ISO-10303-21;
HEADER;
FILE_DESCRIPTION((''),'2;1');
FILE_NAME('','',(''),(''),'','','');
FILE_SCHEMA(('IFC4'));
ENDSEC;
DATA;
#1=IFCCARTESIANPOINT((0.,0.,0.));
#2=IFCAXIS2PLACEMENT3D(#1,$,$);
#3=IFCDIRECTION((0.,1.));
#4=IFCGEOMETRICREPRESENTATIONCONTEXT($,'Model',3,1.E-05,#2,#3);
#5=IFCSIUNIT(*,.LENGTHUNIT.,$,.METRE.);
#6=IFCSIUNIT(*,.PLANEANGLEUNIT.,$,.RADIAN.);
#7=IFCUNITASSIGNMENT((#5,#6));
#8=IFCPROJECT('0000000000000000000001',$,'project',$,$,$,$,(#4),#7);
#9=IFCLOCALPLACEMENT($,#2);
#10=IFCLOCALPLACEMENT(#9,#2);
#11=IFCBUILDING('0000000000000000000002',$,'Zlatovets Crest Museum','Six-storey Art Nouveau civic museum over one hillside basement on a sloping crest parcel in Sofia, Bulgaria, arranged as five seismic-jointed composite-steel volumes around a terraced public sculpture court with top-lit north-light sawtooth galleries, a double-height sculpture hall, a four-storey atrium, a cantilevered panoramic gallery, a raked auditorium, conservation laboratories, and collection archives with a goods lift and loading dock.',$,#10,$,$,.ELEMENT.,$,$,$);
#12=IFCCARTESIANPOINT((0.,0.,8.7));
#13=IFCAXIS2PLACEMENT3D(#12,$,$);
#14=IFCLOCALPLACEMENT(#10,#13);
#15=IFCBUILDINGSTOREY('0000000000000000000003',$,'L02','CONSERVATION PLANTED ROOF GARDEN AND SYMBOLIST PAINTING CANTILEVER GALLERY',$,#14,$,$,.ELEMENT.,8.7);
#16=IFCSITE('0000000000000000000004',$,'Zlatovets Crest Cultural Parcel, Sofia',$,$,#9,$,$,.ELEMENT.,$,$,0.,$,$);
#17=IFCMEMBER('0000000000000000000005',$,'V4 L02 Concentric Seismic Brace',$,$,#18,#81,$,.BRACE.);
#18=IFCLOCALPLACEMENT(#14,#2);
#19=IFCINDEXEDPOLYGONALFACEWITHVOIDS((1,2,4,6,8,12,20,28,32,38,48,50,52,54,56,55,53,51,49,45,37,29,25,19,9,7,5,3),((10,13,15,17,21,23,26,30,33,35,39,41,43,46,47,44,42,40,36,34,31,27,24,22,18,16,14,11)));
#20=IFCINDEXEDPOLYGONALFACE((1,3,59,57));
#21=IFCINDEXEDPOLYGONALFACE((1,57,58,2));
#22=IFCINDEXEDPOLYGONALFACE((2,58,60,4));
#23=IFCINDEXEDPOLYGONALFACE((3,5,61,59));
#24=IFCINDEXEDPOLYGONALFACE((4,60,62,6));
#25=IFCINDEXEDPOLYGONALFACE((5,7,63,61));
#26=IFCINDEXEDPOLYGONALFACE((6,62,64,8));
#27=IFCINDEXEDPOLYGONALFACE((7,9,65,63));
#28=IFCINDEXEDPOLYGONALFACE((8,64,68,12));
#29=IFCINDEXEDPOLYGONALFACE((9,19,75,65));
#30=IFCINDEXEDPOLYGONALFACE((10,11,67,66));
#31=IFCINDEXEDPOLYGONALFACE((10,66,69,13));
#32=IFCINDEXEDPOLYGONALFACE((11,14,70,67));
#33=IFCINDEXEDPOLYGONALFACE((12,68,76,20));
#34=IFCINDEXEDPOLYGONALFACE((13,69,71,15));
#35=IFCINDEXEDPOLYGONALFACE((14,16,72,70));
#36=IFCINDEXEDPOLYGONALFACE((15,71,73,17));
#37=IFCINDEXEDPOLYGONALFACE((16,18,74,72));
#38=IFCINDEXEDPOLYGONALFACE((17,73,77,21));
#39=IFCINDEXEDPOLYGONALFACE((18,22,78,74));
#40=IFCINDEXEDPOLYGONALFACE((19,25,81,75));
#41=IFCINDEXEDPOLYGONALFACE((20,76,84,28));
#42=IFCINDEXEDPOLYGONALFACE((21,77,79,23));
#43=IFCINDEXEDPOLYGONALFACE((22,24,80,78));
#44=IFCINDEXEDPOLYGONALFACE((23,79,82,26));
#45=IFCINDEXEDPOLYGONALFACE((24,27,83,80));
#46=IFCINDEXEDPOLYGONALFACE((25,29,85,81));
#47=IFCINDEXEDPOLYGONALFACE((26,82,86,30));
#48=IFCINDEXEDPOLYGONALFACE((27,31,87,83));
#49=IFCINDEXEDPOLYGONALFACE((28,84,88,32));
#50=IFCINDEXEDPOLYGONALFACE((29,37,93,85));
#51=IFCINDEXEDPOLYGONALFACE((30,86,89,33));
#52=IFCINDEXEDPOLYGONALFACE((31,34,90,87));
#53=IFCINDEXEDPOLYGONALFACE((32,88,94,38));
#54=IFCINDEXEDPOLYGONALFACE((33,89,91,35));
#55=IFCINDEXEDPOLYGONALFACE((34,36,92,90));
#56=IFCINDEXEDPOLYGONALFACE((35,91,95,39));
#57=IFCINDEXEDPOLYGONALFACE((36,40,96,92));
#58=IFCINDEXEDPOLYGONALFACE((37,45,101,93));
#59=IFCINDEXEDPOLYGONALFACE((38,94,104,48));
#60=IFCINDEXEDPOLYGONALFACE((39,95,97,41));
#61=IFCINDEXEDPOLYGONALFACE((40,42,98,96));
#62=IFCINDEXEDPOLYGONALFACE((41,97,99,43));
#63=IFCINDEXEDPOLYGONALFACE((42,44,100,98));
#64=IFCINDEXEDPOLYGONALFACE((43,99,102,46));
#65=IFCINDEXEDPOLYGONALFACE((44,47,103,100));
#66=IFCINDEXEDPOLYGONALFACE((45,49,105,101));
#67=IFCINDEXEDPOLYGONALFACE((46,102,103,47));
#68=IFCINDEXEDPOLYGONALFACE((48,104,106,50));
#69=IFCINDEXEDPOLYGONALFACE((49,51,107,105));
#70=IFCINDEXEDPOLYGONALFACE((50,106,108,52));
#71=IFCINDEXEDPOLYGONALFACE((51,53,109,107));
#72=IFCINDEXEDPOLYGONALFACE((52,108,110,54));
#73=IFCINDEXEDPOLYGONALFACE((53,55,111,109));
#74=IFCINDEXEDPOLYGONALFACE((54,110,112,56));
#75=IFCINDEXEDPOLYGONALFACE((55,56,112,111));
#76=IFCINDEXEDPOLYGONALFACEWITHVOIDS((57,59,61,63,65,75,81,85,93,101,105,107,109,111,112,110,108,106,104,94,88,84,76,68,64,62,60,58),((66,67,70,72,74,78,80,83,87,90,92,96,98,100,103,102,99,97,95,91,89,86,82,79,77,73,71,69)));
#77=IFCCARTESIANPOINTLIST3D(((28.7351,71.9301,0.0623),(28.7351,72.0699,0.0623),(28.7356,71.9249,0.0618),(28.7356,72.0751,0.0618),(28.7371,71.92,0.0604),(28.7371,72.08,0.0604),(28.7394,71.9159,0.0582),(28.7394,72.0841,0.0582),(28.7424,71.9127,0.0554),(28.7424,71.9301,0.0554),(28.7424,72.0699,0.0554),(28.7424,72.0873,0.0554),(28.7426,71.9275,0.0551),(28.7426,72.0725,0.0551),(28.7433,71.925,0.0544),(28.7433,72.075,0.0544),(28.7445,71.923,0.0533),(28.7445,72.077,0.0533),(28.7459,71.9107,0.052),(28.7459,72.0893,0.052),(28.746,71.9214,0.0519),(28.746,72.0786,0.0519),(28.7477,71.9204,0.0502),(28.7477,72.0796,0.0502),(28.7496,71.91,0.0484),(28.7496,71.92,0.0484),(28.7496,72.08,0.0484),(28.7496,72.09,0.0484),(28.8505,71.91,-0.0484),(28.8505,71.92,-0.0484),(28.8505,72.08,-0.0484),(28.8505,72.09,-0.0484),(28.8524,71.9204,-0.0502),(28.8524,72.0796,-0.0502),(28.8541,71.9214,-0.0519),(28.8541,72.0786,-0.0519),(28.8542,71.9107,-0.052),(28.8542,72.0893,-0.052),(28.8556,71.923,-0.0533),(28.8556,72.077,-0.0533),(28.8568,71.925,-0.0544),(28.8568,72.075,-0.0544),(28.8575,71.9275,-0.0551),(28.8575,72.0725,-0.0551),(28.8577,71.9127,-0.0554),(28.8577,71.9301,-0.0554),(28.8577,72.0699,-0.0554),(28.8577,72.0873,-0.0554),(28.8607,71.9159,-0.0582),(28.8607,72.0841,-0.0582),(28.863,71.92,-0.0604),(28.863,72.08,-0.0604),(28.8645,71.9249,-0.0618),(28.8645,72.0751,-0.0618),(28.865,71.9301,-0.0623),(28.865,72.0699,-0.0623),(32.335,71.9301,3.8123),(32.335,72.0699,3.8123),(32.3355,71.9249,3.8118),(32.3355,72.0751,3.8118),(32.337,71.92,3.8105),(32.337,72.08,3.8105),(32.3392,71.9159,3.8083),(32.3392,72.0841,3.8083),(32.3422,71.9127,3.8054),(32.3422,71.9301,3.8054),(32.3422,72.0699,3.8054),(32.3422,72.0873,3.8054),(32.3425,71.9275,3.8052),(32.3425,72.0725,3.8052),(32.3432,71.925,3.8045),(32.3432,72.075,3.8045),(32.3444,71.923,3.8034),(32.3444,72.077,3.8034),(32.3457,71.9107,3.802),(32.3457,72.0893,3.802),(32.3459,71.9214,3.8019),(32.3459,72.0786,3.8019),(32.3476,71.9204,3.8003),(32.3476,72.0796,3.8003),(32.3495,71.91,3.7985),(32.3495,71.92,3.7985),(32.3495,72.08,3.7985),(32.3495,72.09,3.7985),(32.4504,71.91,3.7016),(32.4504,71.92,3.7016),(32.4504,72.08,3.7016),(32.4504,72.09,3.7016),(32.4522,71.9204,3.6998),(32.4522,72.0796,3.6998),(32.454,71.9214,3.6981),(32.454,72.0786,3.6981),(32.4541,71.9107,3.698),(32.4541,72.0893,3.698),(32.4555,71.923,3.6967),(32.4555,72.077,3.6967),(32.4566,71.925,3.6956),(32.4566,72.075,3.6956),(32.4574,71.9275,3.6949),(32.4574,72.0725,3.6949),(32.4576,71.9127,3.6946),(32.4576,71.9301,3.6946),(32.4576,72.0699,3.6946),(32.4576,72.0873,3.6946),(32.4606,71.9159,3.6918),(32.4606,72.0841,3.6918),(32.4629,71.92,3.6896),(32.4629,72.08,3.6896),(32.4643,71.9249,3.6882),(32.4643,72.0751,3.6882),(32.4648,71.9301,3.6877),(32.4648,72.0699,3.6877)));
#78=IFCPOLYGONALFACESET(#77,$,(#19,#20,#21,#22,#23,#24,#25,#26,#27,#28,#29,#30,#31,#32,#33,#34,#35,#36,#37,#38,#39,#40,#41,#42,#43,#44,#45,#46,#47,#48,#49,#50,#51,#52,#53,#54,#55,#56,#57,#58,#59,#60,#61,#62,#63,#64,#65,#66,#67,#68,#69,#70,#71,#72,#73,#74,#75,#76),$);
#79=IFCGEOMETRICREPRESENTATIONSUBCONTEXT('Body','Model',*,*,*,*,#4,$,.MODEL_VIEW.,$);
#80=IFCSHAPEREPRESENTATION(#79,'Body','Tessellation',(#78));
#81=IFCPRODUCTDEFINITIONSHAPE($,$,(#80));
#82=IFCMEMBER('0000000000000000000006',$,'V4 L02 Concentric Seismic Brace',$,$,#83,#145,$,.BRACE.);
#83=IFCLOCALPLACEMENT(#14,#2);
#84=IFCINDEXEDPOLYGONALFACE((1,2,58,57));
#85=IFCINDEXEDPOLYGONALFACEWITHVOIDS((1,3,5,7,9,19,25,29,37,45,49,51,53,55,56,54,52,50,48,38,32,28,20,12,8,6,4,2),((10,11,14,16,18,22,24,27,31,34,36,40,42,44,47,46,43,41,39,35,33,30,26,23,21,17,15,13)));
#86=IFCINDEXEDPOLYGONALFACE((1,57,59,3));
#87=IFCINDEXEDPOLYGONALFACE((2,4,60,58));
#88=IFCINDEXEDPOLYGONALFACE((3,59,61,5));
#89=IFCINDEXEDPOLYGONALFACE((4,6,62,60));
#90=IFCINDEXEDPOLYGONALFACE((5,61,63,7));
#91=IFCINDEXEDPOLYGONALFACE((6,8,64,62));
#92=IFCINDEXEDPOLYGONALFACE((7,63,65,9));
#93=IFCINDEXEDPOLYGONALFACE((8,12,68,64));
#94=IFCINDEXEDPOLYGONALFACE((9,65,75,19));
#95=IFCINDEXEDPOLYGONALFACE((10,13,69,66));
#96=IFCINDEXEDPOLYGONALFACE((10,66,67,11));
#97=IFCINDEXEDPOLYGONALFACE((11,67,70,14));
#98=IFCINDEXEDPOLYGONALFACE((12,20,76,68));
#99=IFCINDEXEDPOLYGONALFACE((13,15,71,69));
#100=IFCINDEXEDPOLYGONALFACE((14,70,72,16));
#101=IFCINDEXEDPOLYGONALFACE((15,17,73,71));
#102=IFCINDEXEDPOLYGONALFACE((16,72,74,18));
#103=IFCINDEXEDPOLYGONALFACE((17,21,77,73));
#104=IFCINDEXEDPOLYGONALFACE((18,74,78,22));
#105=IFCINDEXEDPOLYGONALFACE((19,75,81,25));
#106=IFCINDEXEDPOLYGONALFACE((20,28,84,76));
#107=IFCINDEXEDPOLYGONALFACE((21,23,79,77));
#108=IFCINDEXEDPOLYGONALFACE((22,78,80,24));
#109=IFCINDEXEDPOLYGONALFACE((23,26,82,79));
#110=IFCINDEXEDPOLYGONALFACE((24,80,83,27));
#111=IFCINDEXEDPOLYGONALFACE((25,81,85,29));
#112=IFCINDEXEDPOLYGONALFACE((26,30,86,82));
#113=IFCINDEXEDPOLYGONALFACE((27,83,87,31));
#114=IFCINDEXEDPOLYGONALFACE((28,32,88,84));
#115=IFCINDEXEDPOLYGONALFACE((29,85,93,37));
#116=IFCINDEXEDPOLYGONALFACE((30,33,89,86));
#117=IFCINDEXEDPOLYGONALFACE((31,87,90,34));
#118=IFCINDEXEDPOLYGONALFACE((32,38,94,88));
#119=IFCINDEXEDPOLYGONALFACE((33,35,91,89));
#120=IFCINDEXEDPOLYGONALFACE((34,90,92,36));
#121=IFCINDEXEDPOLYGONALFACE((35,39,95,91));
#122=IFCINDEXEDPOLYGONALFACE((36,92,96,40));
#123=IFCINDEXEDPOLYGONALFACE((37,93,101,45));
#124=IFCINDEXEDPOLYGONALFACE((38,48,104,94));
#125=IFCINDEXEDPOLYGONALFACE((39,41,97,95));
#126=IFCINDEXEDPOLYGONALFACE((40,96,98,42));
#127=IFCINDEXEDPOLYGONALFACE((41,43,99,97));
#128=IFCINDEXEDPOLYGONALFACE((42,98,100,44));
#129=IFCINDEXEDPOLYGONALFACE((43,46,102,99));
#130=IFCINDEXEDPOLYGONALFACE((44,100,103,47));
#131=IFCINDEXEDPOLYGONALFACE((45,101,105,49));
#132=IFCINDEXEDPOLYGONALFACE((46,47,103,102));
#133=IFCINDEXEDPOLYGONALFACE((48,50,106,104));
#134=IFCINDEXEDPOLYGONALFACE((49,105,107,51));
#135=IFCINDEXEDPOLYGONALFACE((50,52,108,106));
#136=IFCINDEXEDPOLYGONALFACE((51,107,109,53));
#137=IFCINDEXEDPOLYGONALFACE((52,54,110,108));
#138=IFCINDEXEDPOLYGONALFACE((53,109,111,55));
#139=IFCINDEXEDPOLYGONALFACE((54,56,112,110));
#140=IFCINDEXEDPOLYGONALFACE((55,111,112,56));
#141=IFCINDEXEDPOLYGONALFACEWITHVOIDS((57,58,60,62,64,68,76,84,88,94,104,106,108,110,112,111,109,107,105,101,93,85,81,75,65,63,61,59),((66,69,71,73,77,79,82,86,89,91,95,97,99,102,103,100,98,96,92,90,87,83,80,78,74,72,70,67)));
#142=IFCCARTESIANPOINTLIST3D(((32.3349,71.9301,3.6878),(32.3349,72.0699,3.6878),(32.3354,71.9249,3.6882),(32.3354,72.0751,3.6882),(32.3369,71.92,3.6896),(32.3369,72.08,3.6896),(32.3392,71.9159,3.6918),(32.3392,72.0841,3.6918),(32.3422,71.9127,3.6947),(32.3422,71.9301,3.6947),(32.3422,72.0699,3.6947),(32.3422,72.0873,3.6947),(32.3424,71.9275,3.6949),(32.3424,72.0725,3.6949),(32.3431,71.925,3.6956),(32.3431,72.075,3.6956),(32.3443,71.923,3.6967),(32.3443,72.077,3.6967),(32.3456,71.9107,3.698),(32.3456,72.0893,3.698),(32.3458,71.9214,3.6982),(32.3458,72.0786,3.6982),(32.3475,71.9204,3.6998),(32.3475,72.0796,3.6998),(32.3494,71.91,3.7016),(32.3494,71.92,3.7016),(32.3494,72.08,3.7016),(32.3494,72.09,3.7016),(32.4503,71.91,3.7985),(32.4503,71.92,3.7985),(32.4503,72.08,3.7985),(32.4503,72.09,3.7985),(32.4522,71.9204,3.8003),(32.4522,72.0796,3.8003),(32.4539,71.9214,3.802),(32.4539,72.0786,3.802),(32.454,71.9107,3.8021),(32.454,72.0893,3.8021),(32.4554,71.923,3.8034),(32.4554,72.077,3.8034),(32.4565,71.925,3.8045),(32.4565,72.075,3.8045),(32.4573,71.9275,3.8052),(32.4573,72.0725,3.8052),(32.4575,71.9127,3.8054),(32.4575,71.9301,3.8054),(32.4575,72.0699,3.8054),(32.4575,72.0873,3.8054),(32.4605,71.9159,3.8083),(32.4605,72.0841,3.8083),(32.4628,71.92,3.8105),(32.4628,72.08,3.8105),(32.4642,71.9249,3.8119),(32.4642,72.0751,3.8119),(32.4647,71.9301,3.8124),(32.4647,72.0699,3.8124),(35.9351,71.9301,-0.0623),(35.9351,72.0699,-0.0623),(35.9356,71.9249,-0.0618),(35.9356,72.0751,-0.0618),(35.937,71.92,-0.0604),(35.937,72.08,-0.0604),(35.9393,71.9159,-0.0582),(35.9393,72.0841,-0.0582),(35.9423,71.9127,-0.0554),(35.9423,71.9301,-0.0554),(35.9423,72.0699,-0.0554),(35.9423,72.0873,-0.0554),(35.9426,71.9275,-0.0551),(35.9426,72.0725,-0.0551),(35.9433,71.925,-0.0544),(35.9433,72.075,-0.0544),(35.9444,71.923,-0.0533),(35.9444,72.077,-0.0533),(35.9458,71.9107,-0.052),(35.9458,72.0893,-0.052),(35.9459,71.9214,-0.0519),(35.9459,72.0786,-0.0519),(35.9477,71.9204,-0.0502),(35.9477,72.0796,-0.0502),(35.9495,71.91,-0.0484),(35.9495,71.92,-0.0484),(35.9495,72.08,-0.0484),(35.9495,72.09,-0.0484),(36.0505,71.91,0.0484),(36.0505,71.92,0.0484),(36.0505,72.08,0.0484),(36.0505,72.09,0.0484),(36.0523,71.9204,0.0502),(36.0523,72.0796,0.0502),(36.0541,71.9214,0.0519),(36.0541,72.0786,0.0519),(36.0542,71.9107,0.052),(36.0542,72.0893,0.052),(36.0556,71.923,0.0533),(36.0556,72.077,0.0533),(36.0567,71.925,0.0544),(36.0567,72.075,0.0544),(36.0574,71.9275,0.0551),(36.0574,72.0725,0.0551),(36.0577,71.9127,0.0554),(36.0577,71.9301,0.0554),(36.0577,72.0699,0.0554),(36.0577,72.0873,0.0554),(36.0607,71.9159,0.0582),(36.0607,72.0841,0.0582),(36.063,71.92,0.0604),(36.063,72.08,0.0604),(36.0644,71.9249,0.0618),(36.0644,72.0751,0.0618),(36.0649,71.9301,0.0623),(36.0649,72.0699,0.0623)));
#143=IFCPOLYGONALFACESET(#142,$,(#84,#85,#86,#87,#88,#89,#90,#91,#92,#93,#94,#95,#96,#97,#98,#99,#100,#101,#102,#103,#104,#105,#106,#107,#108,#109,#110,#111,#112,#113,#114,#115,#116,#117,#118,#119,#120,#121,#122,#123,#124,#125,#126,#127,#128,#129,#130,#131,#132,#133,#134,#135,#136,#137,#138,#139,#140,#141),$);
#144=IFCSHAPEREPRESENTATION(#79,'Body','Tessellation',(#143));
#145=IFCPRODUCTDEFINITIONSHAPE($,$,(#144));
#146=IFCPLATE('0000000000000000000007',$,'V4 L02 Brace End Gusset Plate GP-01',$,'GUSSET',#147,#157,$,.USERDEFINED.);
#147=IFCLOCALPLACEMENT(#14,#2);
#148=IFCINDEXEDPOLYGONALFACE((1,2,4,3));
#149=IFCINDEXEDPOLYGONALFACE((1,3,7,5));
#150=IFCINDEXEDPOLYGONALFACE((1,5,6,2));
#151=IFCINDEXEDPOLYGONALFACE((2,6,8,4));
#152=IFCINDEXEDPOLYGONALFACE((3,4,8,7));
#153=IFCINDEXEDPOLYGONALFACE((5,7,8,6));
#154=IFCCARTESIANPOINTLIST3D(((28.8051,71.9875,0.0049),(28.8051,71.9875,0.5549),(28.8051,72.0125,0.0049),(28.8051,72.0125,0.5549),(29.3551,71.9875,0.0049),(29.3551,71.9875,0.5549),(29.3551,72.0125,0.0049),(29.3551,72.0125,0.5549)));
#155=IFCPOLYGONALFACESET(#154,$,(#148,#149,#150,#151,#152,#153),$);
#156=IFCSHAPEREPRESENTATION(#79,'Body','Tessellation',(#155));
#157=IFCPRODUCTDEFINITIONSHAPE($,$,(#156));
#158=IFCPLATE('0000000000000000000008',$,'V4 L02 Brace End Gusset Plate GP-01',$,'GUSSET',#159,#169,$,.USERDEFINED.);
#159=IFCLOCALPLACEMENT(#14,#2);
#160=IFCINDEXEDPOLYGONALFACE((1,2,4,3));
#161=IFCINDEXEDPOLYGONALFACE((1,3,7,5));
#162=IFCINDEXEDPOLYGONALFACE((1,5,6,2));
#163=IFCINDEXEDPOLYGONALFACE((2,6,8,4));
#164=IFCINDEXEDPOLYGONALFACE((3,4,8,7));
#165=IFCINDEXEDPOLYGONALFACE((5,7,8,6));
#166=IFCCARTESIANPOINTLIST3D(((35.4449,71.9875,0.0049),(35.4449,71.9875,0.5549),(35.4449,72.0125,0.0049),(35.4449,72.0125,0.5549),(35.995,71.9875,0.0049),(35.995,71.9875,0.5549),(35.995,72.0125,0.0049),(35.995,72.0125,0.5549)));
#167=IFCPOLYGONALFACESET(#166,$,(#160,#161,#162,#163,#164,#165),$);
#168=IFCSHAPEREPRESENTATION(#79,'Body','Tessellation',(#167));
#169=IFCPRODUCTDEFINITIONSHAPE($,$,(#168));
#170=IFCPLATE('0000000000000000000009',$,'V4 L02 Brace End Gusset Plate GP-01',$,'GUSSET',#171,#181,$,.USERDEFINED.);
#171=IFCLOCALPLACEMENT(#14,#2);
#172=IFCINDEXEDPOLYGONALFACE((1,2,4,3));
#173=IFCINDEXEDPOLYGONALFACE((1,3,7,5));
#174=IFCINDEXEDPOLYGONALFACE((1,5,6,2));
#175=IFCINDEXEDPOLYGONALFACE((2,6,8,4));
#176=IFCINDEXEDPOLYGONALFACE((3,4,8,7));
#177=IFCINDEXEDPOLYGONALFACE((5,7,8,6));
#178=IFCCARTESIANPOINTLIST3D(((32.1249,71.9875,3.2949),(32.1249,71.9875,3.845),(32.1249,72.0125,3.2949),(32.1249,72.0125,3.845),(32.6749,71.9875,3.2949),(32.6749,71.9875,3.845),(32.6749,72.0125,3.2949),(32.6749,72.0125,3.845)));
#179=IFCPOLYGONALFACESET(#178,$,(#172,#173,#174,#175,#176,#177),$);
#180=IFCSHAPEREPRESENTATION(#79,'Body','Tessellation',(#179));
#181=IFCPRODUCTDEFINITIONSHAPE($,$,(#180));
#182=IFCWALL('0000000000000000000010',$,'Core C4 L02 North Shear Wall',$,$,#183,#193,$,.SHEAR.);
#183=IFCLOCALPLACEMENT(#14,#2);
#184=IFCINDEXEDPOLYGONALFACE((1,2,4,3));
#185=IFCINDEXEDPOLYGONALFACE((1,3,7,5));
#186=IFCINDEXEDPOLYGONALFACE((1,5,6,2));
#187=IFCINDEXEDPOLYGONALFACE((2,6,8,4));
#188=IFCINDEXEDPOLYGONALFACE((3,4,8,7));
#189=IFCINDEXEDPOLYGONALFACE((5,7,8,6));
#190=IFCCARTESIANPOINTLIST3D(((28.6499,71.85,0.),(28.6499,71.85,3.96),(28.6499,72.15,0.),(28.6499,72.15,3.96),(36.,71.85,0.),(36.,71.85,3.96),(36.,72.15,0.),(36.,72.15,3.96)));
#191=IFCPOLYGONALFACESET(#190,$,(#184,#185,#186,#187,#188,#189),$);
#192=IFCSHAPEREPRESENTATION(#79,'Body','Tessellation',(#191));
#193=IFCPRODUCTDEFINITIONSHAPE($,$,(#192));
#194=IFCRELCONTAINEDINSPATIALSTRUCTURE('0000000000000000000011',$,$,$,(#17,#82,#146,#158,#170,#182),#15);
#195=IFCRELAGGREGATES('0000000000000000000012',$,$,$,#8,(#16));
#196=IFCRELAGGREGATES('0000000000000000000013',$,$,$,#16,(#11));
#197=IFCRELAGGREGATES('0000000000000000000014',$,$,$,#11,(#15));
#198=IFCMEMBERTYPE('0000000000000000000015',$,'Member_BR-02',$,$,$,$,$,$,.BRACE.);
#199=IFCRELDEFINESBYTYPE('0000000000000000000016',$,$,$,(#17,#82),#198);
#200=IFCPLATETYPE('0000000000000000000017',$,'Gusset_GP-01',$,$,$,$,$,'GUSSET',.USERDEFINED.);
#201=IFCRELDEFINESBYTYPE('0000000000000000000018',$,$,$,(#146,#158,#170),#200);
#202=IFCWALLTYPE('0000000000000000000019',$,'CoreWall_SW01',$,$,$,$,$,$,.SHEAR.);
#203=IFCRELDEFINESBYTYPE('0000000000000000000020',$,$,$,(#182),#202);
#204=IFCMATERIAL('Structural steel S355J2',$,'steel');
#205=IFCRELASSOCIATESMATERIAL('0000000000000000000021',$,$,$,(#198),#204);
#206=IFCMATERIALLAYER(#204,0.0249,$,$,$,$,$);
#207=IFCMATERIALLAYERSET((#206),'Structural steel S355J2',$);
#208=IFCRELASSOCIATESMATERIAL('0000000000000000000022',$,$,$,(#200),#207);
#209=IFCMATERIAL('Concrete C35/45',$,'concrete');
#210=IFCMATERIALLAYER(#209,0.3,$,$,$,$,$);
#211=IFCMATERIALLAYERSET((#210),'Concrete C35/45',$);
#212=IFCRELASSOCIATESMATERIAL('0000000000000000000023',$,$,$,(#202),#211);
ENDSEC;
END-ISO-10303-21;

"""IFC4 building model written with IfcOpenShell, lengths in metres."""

from ifc_helpers import new_model, si_unit, direction, frame, frame_2d, origin, origin_2d, place, context, subcontext, project, spatial, rectangle, hollow_rectangle, extrude, material, layer, layer_set, material_profile, profile_set, type_object, element, save


model = new_model("IFC4")

# Units and contexts
model_context = context("Model", 3, precision=1e-05, world=origin(), true_north=direction((0.0, 1.0)))
body_context = subcontext(model_context, "Body", "Model", "MODEL_VIEW")
ifc_project = project(units=[si_unit("LENGTHUNIT", "METRE"), si_unit("PLANEANGLEUNIT", "RADIAN")], contexts=[model_context])

# Site, building, storey
site_placement = place(None, origin())
site = spatial("IfcSite", under=ifc_project, at=site_placement, Name="Zlatovets Crest Cultural Parcel, Sofia", CompositionType="ELEMENT", RefElevation=0.0)
building_placement = place(site_placement, origin())
building = spatial("IfcBuilding", under=site, at=building_placement, Name="Zlatovets Crest Museum", Description="Six-storey Art Nouveau civic museum over one hillside basement on a sloping crest parcel in Sofia, Bulgaria, arranged as five seismic-jointed composite-steel volumes around a terraced public sculpture court with top-lit north-light sawtooth galleries, a double-height sculpture hall, a four-storey atrium, a cantilevered panoramic gallery, a raked auditorium, conservation laboratories, and collection archives with a goods lift and loading dock.", CompositionType="ELEMENT")
storey_placement = place(building_placement, frame((0.0, 0.0, 8.7)))
storey = spatial("IfcBuildingStorey", under=building, at=storey_placement, Name="L02", Description="CONSERVATION PLANTED ROOF GARDEN AND SYMBOLIST PAINTING CANTILEVER GALLERY", CompositionType="ELEMENT", Elevation=8.7)

# Shared definitions
ifc_material_1 = material(Name="Structural steel S355J2", Category="steel")

# Members
ifc_material_profile_1 = material_profile(ifc_material_1, hollow_rectangle(XDim=0.1799, YDim=0.1799, WallThickness=0.01, InnerFilletRadius=0.01, OuterFilletRadius=0.02, at=origin_2d()), Name="SHS 180x180x10.0")
ifc_profile_set_1 = profile_set([ifc_material_profile_1], Name="Structural steel S355J2")
member_type = type_object("IfcMemberType", Name="Member_BR-02", PredefinedType="BRACE", material=ifc_profile_set_1)
member_1_placement = place(storey_placement, frame((28.8, 72.0, 0.0), z_axis=(0.692517, 0.0, 0.721401), x_axis=(0.0, 1.0, 0.0)))
element("IfcMember", 1, at=member_1_placement, inside=storey, type_object=member_type, Name="V4 L02 Concentric Seismic Brace", PredefinedType="BRACE", context=body_context, shape_type="SweptSolid", body=[
    extrude(hollow_rectangle(XDim=0.1799, YDim=0.1799, WallThickness=0.01, InnerFilletRadius=0.01, OuterFilletRadius=0.02, at=origin_2d()), origin(), (0.0, 0.0, 1.0), 5.1982),
])
member_2_placement = place(storey_placement, frame((36.0, 72.0, 0.0), z_axis=(-0.692542, 0.0, 0.721378), x_axis=(0.0, -1.0, 0.0)))
element("IfcMember", 2, at=member_2_placement, inside=storey, type_object=member_type, Name="V4 L02 Concentric Seismic Brace", PredefinedType="BRACE", context=body_context, shape_type="SweptSolid", body=[
    extrude(hollow_rectangle(XDim=0.1799, YDim=0.1799, WallThickness=0.01, InnerFilletRadius=0.01, OuterFilletRadius=0.02, at=origin_2d()), origin(), (0.0, 0.0, 1.0), 5.1985),
])

# Plates
ifc_layer_1 = layer(ifc_material_1, 0.0249)
ifc_layer_set_1 = layer_set([ifc_layer_1], Name="Structural steel S355J2")
plate_type = type_object("IfcPlateType", Name="Gusset_GP-01", ElementType="GUSSET", PredefinedType="USERDEFINED", material=ifc_layer_set_1)
for number, where, z_axis, x_axis, name in (
    (3, (29.0801, 72.0, 0.0049), (0.0, 0.0, 1.0), (1.0, 0.0, 0.0), "V4 L02 Brace End Gusset Plate GP-01"),
    (4, (35.72, 72.0, 0.0049), (0.0, 0.0, 1.0), (1.0, 0.0, 0.0), "V4 L02 Brace End Gusset Plate GP-01"),
    (5, (32.3999, 72.0, 3.2949), (0.0, 0.0, 1.0), (1.0, 0.0, 0.0), "V4 L02 Brace End Gusset Plate GP-01"),
):
    element("IfcPlate", number, at=place(storey_placement, frame(where, z_axis=z_axis, x_axis=x_axis)), inside=storey, type_object=plate_type, Name=name, ObjectType="GUSSET", PredefinedType="USERDEFINED", context=body_context, shape_type="SweptSolid", body=[
        extrude(rectangle(XDim=0.55, YDim=0.0249, at=origin_2d()), origin(), (0.0, 0.0, 1.0), 0.55),
    ])

# Wall
ifc_material_2 = material(Name="Concrete C35/45", Category="concrete")
ifc_layer_2 = layer(ifc_material_2, 0.3)
ifc_layer_set_2 = layer_set([ifc_layer_2], Name="Concrete C35/45")
wall_type_1 = type_object("IfcWallType", Name="CoreWall_SW01", PredefinedType="SHEAR", material=ifc_layer_set_2)
wall_placement = place(storey_placement, frame((28.6499, 72.0, 0.0), z_axis=(0.0, 0.0, 1.0), x_axis=(1.0, 0.0, 0.0)))
element("IfcWall", 6, at=wall_placement, inside=storey, type_object=wall_type_1, Name="Core C4 L02 North Shear Wall", PredefinedType="SHEAR", context=body_context, shape_type="SweptSolid", body=[
    extrude(rectangle(XDim=7.3501, YDim=0.3, at=frame_2d((3.675, 0.0))), origin(), (0.0, 0.0, 1.0), 3.96),
])

save(model, "model.ifc")
